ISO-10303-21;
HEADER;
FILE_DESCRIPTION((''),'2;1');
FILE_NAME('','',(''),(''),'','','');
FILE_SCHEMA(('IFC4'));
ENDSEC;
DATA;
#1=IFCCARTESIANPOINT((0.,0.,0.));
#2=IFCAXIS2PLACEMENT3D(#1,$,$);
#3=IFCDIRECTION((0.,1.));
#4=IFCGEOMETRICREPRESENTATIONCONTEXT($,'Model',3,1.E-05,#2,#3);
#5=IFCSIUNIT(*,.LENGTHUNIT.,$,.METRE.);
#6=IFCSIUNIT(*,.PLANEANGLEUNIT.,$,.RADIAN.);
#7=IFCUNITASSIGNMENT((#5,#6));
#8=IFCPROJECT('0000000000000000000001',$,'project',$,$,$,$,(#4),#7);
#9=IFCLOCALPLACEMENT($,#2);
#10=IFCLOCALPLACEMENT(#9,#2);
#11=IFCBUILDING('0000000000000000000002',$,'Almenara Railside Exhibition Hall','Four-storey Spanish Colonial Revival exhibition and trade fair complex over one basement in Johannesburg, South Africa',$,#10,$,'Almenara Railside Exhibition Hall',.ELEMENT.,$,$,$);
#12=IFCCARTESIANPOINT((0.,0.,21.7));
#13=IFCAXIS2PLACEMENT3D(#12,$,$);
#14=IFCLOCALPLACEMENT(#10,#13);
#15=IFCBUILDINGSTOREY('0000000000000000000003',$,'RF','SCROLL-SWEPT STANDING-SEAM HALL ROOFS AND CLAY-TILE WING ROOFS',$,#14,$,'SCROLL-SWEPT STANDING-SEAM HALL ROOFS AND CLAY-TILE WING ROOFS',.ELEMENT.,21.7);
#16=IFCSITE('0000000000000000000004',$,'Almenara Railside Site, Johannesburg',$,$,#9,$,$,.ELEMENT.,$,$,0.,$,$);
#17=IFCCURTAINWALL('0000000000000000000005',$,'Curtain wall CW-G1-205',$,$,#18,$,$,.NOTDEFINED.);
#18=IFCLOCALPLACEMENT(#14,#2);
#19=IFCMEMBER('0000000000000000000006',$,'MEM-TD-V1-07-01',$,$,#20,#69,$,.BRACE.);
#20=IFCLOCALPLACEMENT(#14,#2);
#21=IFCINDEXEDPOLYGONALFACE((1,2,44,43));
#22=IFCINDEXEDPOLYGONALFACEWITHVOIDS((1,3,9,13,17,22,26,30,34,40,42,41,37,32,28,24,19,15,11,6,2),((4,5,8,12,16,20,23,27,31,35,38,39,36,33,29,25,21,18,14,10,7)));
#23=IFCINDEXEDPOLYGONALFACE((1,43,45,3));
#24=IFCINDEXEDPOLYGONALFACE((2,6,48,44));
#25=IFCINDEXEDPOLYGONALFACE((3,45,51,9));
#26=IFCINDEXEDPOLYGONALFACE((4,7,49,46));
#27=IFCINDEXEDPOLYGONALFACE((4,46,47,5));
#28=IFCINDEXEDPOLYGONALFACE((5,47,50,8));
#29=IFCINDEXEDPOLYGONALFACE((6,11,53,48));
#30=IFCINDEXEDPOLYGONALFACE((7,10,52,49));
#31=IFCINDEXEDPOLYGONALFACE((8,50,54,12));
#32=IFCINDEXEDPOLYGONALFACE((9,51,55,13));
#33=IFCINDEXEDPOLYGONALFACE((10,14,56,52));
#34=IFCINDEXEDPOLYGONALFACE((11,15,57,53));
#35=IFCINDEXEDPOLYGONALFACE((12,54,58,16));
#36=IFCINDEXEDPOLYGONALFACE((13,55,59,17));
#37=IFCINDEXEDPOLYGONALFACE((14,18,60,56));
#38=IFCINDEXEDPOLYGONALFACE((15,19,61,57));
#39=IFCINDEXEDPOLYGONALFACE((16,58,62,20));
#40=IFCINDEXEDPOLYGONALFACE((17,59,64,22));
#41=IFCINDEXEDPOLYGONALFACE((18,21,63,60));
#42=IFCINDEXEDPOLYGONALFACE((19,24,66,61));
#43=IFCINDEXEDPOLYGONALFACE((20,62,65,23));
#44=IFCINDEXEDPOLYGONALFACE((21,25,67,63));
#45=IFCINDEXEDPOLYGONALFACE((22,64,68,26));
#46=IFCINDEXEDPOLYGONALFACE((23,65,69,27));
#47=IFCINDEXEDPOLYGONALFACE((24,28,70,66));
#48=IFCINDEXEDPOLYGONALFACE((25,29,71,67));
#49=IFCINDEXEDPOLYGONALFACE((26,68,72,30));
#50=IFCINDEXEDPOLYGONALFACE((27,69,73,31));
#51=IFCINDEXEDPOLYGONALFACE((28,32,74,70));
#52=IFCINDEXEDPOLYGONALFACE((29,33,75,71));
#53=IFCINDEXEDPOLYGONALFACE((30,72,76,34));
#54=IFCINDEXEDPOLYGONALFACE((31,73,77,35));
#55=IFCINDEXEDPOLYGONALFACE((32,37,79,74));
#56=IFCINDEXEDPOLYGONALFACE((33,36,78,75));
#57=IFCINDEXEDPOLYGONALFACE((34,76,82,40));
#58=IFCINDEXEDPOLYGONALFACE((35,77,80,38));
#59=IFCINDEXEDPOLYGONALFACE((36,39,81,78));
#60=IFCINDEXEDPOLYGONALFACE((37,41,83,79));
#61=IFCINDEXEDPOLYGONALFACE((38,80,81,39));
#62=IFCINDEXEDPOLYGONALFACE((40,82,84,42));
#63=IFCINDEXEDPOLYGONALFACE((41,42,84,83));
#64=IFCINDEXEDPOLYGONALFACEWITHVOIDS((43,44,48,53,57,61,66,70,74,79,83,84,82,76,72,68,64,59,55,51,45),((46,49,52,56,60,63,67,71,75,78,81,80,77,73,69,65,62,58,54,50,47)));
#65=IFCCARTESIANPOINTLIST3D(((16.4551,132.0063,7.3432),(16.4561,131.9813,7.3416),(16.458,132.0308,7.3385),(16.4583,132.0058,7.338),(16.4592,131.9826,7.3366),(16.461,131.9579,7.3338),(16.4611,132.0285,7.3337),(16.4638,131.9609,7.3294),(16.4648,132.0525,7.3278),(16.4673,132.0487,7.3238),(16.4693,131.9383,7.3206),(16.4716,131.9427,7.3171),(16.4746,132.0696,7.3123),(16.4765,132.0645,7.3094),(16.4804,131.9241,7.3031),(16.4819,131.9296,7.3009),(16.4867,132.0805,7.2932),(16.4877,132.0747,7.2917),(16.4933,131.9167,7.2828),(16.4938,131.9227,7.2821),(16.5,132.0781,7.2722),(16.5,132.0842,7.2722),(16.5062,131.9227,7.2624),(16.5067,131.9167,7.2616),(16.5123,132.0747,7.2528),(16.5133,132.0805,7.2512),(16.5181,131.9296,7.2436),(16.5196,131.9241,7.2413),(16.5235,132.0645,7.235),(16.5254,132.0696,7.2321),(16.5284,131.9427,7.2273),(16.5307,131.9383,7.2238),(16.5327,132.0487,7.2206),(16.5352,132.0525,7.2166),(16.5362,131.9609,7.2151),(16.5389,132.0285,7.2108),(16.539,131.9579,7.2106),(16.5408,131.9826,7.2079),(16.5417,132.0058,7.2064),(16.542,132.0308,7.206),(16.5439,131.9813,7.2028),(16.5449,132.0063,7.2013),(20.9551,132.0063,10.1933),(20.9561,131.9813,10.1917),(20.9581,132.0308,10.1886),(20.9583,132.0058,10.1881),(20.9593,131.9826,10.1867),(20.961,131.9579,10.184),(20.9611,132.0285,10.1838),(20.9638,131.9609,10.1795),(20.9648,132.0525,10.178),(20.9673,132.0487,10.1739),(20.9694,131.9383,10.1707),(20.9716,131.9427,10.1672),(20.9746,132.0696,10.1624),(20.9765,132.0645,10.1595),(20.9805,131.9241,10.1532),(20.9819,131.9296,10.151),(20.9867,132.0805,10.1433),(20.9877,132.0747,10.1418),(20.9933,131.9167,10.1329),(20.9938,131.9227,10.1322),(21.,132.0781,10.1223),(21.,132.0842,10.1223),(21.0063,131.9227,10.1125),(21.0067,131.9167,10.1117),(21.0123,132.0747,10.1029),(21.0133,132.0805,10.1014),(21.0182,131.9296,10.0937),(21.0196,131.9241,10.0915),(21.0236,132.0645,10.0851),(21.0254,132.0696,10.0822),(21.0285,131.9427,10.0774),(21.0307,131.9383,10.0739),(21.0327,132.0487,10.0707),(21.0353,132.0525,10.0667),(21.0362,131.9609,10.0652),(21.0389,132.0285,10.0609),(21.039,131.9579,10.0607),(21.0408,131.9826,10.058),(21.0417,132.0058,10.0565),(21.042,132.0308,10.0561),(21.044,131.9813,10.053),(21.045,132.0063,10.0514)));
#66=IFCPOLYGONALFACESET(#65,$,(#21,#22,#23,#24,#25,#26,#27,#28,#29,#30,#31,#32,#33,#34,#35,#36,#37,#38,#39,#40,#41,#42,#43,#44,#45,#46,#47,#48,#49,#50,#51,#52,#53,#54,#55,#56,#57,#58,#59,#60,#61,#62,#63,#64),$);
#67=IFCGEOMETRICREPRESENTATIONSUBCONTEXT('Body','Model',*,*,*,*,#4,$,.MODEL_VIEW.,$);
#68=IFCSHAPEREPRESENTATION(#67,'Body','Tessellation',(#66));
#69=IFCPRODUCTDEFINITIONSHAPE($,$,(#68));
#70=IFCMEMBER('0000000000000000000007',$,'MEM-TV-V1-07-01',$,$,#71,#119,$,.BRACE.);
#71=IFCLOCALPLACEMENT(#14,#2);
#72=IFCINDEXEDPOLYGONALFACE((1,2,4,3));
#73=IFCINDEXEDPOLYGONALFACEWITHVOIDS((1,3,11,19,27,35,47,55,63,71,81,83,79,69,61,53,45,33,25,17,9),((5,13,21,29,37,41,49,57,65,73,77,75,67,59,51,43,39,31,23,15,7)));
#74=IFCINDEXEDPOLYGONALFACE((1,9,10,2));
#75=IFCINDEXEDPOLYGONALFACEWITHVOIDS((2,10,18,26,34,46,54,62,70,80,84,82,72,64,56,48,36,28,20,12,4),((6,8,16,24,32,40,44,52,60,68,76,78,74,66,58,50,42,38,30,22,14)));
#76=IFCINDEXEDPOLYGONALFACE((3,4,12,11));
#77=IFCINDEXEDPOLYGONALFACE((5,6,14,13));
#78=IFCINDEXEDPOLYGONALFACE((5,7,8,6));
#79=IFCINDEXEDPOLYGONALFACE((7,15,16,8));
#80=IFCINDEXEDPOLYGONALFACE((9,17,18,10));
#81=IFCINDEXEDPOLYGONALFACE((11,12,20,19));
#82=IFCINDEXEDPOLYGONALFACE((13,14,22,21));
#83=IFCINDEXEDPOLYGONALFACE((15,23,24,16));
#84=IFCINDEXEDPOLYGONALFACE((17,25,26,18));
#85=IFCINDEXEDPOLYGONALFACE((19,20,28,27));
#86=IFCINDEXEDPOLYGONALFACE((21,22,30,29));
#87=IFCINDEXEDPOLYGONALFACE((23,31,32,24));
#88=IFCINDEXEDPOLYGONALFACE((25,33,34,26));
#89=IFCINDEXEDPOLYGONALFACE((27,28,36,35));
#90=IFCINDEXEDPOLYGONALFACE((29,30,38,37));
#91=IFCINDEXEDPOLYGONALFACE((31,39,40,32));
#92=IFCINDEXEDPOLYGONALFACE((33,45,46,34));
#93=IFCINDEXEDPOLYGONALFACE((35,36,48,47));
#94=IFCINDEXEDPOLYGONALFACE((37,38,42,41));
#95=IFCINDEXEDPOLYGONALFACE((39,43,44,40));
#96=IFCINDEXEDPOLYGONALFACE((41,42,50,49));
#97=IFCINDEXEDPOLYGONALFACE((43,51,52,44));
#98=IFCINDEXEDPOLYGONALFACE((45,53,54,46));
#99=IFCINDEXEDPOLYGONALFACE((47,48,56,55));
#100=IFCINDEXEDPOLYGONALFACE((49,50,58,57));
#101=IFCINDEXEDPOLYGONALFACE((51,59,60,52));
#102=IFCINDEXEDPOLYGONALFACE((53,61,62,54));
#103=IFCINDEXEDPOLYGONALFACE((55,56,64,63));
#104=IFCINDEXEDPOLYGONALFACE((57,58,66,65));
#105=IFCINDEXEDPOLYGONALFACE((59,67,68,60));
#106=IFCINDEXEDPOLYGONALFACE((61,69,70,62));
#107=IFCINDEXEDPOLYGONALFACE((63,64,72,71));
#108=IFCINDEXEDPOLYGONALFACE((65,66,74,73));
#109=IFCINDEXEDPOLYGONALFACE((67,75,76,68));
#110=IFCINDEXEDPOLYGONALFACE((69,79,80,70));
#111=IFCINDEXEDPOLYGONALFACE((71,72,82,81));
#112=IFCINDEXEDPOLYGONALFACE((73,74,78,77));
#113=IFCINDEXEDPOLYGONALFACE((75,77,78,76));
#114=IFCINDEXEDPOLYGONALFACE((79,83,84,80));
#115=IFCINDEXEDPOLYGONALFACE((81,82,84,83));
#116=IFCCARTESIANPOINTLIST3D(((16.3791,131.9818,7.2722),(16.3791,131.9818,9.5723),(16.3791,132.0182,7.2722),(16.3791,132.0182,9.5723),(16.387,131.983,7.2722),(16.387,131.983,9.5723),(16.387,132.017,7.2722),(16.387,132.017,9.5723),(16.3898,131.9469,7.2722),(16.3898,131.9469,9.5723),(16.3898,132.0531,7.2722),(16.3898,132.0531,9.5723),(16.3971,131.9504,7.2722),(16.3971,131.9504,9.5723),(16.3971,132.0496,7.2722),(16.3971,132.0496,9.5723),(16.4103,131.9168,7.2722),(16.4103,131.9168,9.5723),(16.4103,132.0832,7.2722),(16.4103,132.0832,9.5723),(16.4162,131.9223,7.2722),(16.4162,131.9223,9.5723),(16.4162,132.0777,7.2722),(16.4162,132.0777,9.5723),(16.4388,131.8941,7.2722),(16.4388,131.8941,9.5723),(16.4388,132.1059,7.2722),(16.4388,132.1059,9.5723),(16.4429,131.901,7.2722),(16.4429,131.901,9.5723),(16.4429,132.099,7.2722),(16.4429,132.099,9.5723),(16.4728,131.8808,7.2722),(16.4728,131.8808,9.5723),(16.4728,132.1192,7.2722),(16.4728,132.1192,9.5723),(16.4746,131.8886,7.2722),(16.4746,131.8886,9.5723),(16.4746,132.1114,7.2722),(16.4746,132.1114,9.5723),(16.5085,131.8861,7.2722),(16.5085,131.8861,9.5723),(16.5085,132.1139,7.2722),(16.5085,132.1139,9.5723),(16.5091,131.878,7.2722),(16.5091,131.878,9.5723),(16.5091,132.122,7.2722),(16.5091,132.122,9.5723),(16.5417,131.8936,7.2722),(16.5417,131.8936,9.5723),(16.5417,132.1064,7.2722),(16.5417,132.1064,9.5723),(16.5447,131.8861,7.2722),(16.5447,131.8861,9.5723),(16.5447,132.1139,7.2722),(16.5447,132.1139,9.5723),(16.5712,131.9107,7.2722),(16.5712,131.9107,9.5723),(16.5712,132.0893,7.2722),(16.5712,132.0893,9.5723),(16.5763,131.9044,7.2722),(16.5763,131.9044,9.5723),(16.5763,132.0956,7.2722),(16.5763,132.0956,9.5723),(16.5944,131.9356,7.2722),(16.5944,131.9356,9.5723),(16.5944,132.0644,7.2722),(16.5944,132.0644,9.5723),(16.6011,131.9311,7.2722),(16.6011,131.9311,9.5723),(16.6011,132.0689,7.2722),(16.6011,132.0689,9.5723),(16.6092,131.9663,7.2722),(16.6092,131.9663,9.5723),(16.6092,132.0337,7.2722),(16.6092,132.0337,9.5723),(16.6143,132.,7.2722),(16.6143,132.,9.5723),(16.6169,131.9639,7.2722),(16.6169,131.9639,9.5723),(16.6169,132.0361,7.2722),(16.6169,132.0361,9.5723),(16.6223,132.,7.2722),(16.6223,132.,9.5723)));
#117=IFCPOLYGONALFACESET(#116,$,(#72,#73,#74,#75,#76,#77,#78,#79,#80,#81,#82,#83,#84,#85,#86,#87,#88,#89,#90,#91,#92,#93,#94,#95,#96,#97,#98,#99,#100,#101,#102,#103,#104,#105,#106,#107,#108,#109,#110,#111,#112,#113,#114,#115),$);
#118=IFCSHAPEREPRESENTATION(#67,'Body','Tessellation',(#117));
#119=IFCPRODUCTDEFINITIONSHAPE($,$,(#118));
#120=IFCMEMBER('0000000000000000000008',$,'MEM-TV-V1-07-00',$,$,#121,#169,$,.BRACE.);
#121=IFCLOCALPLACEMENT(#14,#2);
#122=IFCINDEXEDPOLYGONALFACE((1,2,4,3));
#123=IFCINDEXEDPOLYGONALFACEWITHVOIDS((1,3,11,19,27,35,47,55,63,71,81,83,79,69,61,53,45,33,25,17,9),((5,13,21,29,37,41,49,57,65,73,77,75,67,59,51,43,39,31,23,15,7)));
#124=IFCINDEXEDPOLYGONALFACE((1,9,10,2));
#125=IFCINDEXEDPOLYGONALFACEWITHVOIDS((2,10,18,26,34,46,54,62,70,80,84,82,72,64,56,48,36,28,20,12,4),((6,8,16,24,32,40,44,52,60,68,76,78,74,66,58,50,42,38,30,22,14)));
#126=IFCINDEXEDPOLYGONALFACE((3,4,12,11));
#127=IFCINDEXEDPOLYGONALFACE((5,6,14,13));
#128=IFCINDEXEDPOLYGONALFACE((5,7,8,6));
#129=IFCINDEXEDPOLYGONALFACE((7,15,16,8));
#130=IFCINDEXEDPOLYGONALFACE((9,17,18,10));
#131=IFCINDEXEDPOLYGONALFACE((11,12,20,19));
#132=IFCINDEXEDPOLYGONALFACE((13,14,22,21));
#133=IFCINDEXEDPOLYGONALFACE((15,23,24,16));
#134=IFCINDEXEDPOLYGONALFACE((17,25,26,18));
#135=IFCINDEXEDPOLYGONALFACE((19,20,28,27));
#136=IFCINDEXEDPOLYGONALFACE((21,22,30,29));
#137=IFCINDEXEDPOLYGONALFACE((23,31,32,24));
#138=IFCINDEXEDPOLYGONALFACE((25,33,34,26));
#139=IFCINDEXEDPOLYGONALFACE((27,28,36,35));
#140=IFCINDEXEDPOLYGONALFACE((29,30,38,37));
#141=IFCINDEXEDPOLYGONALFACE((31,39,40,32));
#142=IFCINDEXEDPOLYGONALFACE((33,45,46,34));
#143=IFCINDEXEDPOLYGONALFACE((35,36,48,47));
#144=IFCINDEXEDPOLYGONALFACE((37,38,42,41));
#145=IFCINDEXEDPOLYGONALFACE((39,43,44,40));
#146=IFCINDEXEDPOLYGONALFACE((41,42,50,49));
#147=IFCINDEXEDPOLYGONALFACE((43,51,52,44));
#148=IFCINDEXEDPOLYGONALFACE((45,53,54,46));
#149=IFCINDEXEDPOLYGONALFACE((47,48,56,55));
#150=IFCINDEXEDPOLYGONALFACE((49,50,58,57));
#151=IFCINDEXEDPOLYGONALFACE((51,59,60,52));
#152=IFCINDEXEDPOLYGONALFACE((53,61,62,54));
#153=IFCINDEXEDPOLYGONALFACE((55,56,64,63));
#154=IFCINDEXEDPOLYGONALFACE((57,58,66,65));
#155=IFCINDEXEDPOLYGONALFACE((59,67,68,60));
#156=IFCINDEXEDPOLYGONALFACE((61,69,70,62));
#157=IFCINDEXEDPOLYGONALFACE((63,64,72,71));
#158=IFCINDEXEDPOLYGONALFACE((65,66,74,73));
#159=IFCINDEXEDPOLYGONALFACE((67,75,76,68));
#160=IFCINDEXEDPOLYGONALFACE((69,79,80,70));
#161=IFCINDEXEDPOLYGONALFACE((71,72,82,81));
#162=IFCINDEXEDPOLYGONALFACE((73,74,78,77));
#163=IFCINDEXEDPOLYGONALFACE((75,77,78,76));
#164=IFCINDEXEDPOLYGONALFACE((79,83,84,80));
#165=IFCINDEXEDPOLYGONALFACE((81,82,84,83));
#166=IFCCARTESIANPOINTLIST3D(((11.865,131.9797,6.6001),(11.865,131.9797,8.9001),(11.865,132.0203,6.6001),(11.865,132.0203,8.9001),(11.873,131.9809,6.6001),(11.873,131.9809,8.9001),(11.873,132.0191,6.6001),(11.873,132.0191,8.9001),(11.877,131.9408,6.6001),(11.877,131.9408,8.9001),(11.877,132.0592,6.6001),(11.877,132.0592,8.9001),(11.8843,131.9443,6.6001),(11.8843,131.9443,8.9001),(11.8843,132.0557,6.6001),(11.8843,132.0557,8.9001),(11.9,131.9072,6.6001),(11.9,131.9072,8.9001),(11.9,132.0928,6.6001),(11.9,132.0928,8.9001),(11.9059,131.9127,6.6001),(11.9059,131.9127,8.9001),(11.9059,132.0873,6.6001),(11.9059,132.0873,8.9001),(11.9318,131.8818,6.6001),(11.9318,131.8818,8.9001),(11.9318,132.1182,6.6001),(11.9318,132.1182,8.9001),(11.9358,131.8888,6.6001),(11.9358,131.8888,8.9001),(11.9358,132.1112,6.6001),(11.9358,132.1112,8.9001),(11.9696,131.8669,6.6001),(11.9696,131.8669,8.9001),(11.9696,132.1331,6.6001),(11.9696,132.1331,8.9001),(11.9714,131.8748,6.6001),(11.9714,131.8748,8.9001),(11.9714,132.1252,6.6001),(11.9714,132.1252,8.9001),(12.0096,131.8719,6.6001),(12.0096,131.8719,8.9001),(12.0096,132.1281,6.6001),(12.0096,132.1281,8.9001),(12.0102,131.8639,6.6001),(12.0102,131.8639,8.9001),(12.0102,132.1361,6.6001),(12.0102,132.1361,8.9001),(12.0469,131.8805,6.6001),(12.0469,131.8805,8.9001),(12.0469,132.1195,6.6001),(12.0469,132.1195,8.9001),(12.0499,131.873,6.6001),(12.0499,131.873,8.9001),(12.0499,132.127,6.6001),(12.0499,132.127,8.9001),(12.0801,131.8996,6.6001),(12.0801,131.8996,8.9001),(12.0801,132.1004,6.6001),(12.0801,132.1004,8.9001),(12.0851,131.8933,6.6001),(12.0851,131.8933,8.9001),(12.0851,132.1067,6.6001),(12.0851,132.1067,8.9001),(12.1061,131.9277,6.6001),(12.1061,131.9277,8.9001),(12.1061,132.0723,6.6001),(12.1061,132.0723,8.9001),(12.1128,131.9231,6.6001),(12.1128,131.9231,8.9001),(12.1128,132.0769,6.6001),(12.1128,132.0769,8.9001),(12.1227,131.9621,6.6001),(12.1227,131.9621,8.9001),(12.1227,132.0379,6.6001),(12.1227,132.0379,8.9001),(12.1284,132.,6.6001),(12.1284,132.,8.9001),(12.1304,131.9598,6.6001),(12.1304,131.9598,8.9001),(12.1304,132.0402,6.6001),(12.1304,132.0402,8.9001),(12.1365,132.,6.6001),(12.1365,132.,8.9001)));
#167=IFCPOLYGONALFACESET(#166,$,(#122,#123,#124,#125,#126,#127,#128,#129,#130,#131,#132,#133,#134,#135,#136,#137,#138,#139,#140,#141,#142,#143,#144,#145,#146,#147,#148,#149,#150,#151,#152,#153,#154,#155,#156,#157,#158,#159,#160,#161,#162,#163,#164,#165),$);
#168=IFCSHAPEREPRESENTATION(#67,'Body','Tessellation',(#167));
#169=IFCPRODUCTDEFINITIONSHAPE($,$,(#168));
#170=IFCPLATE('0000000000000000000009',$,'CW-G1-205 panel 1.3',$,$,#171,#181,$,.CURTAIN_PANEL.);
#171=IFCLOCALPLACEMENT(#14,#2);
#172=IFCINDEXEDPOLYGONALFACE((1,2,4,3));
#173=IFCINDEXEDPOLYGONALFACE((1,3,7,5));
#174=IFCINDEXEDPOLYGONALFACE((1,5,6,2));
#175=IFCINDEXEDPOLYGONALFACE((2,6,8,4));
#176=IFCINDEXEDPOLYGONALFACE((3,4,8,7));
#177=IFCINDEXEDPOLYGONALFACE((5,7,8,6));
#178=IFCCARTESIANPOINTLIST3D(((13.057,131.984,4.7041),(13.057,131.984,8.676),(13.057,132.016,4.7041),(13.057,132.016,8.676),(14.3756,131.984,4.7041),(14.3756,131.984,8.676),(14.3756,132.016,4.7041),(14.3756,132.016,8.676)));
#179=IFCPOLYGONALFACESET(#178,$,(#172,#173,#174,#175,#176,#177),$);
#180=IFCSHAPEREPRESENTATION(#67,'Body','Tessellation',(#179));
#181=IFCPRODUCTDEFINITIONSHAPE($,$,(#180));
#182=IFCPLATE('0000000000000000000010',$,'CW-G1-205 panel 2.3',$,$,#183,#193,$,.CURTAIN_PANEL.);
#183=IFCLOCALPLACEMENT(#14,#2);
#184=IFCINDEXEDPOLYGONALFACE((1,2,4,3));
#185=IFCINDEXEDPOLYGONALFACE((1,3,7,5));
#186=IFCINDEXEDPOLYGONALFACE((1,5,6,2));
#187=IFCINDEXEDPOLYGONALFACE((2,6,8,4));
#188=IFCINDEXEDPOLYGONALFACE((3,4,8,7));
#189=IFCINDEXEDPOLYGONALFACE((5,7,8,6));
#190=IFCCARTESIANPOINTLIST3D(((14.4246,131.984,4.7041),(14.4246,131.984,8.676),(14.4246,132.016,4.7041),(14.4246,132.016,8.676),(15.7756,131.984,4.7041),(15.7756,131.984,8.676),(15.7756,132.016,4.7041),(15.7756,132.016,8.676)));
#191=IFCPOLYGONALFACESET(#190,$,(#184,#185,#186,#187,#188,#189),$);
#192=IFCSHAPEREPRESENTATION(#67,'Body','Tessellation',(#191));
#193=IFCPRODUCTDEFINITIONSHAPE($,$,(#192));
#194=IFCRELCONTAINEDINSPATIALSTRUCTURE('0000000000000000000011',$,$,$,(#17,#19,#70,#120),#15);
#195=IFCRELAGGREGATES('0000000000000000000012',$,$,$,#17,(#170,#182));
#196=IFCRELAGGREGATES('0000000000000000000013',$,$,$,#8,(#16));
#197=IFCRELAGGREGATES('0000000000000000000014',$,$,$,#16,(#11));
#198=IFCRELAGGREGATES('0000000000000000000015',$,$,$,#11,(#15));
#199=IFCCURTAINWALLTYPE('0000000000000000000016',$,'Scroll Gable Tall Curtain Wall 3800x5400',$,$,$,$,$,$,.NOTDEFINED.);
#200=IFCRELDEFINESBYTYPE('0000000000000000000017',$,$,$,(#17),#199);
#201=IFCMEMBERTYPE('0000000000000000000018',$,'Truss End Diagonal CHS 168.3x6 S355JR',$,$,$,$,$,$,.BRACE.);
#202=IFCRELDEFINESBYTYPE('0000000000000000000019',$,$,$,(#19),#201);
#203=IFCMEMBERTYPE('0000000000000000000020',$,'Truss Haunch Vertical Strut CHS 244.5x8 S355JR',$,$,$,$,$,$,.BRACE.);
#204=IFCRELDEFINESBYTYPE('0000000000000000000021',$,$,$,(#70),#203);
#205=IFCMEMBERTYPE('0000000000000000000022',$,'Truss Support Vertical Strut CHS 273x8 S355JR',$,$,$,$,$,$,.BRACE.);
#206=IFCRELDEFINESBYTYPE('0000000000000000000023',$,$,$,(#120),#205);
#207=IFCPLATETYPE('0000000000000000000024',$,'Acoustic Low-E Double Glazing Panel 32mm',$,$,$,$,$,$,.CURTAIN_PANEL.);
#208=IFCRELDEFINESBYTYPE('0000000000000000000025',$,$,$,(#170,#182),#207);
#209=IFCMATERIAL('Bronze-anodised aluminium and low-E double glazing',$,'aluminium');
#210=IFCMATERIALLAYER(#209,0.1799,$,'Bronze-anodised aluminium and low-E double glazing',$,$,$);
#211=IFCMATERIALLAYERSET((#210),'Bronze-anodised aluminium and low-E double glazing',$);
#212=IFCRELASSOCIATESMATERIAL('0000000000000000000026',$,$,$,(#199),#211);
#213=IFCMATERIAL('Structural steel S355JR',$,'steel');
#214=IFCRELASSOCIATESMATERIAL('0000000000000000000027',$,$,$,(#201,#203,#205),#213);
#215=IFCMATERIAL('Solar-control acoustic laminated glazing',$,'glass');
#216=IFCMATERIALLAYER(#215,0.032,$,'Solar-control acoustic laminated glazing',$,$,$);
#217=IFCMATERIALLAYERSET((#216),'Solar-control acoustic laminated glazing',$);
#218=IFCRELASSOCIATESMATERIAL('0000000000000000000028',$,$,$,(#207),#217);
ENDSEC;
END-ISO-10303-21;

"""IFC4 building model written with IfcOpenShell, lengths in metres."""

from ifc_helpers import new_model, si_unit, direction, frame, origin, origin_2d, place, context, subcontext, project, spatial, rectangle, hollow_circle, extrude, material, layer, layer_set, material_profile, profile_set, type_object, element, aggregate, save


model = new_model("IFC4")

# Units and contexts
model_context = context("Model", 3, precision=1e-05, world=origin(), true_north=direction((0.0, 1.0)))
body_context = subcontext(model_context, "Body", "Model", "MODEL_VIEW")
ifc_project = project(units=[si_unit("LENGTHUNIT", "METRE"), si_unit("PLANEANGLEUNIT", "RADIAN")], contexts=[model_context])

# Site, building, storey
site_placement = place(None, origin())
site = spatial("IfcSite", under=ifc_project, at=site_placement, Name="Almenara Railside Site, Johannesburg", CompositionType="ELEMENT", RefElevation=0.0)
building_placement = place(site_placement, origin())
building = spatial("IfcBuilding", under=site, at=building_placement, Name="Almenara Railside Exhibition Hall", Description="Four-storey Spanish Colonial Revival exhibition and trade fair complex over one basement in Johannesburg, South Africa", LongName="Almenara Railside Exhibition Hall", CompositionType="ELEMENT")
storey_placement = place(building_placement, frame((0.0, 0.0, 21.7)))
storey = spatial("IfcBuildingStorey", under=building, at=storey_placement, Name="RF", Description="SCROLL-SWEPT STANDING-SEAM HALL ROOFS AND CLAY-TILE WING ROOFS", LongName="SCROLL-SWEPT STANDING-SEAM HALL ROOFS AND CLAY-TILE WING ROOFS", CompositionType="ELEMENT", Elevation=21.7)

# Shared definitions
ifc_material_1 = material(Name="Structural steel S355JR", Category="steel")

# Curtain wall
ifc_material_2 = material(Name="Bronze-anodised aluminium and low-E double glazing", Category="aluminium")
ifc_layer_1 = layer(ifc_material_2, 0.1799, Name="Bronze-anodised aluminium and low-E double glazing")
ifc_layer_set_1 = layer_set([ifc_layer_1], Name="Bronze-anodised aluminium and low-E double glazing")
curtain_wall_type_1 = type_object("IfcCurtainWallType", Name="Scroll Gable Tall Curtain Wall 3800x5400", PredefinedType="NOTDEFINED", material=ifc_layer_set_1)
curtain_wall_1_placement = place(storey_placement, origin())
curtain_wall_1 = element("IfcCurtainWall", 1, at=curtain_wall_1_placement, inside=storey, type_object=curtain_wall_type_1, Name="Curtain wall CW-G1-205", PredefinedType="NOTDEFINED")

# Members
ifc_material_profile_1 = material_profile(ifc_material_1, hollow_circle(Radius=0.0842, WallThickness=0.0061, at=origin_2d()), Name="CHS 168.3x6")
ifc_profile_set_1 = profile_set([ifc_material_profile_1], Name="Structural steel S355JR")
member_type_1 = type_object("IfcMemberType", Name="Truss End Diagonal CHS 168.3x6 S355JR", PredefinedType="BRACE", material=ifc_profile_set_1)
member_1_placement = place(storey_placement, frame((16.5, 132.0, 7.2722), z_axis=(0.844811, 0.0, 0.535065), x_axis=(0.0, 1.0, 0.0)))
element("IfcMember", 2, at=member_1_placement, inside=storey, type_object=member_type_1, Name="MEM-TD-V1-07-01", PredefinedType="BRACE", context=body_context, shape_type="SweptSolid", body=[
    extrude(hollow_circle(Radius=0.0842, WallThickness=0.0061, at=origin_2d()), origin(), (0.0, 0.0, 1.0), 5.3267),
])
ifc_material_profile_2 = material_profile(ifc_material_1, hollow_circle(Radius=0.1223, WallThickness=0.0081, at=origin_2d()), Name="CHS 244.5x8")
ifc_profile_set_2 = profile_set([ifc_material_profile_2], Name="Structural steel S355JR")
member_type_2 = type_object("IfcMemberType", Name="Truss Haunch Vertical Strut CHS 244.5x8 S355JR", PredefinedType="BRACE", material=ifc_profile_set_2)
member_2_placement = place(storey_placement, frame((16.5, 132.0, 7.2722), z_axis=(0.0, 0.0, 1.0), x_axis=(1.0, 0.0, 0.0)))
element("IfcMember", 3, at=member_2_placement, inside=storey, type_object=member_type_2, Name="MEM-TV-V1-07-01", PredefinedType="BRACE", context=body_context, shape_type="SweptSolid", body=[
    extrude(hollow_circle(Radius=0.1223, WallThickness=0.0081, at=origin_2d()), origin(), (0.0, 0.0, 1.0), 2.3),
])
ifc_material_profile_3 = material_profile(ifc_material_1, hollow_circle(Radius=0.1365, WallThickness=0.0081, at=origin_2d()), Name="CHS 273x8")
ifc_profile_set_3 = profile_set([ifc_material_profile_3], Name="Structural steel S355JR")
member_type_3 = type_object("IfcMemberType", Name="Truss Support Vertical Strut CHS 273x8 S355JR", PredefinedType="BRACE", material=ifc_profile_set_3)
member_3_placement = place(storey_placement, frame((12.0, 132.0, 6.6001), z_axis=(0.0, 0.0, 1.0), x_axis=(1.0, 0.0, 0.0)))
element("IfcMember", 4, at=member_3_placement, inside=storey, type_object=member_type_3, Name="MEM-TV-V1-07-00", PredefinedType="BRACE", context=body_context, shape_type="SweptSolid", body=[
    extrude(hollow_circle(Radius=0.1365, WallThickness=0.0081, at=origin_2d()), origin(), (0.0, 0.0, 1.0), 2.3),
])

# Plates
ifc_material_3 = material(Name="Solar-control acoustic laminated glazing", Category="glass")
ifc_layer_2 = layer(ifc_material_3, 0.032, Name="Solar-control acoustic laminated glazing")
ifc_layer_set_2 = layer_set([ifc_layer_2], Name="Solar-control acoustic laminated glazing")
plate_type_1 = type_object("IfcPlateType", Name="Acoustic Low-E Double Glazing Panel 32mm", PredefinedType="CURTAIN_PANEL", material=ifc_layer_set_2)
plate_1_placement = place(storey_placement, frame((13.7163, 132.0, 4.7041), z_axis=(0.0, 0.0, 1.0), x_axis=(1.0, 0.0, 0.0)))
plate_1 = element("IfcPlate", 5, at=plate_1_placement, type_object=plate_type_1, Name="CW-G1-205 panel 1.3", PredefinedType="CURTAIN_PANEL", context=body_context, shape_type="SweptSolid", body=[
    extrude(rectangle(XDim=1.3186, YDim=0.032, at=origin_2d()), origin(), (0.0, 0.0, 1.0), 3.9719),
])
plate_2_placement = place(storey_placement, frame((15.1001, 132.0, 4.7041), z_axis=(0.0, 0.0, 1.0), x_axis=(1.0, 0.0, 0.0)))
plate_2 = element("IfcPlate", 6, at=plate_2_placement, type_object=plate_type_1, Name="CW-G1-205 panel 2.3", PredefinedType="CURTAIN_PANEL", context=body_context, shape_type="SweptSolid", body=[
    extrude(rectangle(XDim=1.3511, YDim=0.032, at=origin_2d()), origin(), (0.0, 0.0, 1.0), 3.9719),
])
aggregate(curtain_wall_1, [plate_1, plate_2])

save(model, "model.ifc")
